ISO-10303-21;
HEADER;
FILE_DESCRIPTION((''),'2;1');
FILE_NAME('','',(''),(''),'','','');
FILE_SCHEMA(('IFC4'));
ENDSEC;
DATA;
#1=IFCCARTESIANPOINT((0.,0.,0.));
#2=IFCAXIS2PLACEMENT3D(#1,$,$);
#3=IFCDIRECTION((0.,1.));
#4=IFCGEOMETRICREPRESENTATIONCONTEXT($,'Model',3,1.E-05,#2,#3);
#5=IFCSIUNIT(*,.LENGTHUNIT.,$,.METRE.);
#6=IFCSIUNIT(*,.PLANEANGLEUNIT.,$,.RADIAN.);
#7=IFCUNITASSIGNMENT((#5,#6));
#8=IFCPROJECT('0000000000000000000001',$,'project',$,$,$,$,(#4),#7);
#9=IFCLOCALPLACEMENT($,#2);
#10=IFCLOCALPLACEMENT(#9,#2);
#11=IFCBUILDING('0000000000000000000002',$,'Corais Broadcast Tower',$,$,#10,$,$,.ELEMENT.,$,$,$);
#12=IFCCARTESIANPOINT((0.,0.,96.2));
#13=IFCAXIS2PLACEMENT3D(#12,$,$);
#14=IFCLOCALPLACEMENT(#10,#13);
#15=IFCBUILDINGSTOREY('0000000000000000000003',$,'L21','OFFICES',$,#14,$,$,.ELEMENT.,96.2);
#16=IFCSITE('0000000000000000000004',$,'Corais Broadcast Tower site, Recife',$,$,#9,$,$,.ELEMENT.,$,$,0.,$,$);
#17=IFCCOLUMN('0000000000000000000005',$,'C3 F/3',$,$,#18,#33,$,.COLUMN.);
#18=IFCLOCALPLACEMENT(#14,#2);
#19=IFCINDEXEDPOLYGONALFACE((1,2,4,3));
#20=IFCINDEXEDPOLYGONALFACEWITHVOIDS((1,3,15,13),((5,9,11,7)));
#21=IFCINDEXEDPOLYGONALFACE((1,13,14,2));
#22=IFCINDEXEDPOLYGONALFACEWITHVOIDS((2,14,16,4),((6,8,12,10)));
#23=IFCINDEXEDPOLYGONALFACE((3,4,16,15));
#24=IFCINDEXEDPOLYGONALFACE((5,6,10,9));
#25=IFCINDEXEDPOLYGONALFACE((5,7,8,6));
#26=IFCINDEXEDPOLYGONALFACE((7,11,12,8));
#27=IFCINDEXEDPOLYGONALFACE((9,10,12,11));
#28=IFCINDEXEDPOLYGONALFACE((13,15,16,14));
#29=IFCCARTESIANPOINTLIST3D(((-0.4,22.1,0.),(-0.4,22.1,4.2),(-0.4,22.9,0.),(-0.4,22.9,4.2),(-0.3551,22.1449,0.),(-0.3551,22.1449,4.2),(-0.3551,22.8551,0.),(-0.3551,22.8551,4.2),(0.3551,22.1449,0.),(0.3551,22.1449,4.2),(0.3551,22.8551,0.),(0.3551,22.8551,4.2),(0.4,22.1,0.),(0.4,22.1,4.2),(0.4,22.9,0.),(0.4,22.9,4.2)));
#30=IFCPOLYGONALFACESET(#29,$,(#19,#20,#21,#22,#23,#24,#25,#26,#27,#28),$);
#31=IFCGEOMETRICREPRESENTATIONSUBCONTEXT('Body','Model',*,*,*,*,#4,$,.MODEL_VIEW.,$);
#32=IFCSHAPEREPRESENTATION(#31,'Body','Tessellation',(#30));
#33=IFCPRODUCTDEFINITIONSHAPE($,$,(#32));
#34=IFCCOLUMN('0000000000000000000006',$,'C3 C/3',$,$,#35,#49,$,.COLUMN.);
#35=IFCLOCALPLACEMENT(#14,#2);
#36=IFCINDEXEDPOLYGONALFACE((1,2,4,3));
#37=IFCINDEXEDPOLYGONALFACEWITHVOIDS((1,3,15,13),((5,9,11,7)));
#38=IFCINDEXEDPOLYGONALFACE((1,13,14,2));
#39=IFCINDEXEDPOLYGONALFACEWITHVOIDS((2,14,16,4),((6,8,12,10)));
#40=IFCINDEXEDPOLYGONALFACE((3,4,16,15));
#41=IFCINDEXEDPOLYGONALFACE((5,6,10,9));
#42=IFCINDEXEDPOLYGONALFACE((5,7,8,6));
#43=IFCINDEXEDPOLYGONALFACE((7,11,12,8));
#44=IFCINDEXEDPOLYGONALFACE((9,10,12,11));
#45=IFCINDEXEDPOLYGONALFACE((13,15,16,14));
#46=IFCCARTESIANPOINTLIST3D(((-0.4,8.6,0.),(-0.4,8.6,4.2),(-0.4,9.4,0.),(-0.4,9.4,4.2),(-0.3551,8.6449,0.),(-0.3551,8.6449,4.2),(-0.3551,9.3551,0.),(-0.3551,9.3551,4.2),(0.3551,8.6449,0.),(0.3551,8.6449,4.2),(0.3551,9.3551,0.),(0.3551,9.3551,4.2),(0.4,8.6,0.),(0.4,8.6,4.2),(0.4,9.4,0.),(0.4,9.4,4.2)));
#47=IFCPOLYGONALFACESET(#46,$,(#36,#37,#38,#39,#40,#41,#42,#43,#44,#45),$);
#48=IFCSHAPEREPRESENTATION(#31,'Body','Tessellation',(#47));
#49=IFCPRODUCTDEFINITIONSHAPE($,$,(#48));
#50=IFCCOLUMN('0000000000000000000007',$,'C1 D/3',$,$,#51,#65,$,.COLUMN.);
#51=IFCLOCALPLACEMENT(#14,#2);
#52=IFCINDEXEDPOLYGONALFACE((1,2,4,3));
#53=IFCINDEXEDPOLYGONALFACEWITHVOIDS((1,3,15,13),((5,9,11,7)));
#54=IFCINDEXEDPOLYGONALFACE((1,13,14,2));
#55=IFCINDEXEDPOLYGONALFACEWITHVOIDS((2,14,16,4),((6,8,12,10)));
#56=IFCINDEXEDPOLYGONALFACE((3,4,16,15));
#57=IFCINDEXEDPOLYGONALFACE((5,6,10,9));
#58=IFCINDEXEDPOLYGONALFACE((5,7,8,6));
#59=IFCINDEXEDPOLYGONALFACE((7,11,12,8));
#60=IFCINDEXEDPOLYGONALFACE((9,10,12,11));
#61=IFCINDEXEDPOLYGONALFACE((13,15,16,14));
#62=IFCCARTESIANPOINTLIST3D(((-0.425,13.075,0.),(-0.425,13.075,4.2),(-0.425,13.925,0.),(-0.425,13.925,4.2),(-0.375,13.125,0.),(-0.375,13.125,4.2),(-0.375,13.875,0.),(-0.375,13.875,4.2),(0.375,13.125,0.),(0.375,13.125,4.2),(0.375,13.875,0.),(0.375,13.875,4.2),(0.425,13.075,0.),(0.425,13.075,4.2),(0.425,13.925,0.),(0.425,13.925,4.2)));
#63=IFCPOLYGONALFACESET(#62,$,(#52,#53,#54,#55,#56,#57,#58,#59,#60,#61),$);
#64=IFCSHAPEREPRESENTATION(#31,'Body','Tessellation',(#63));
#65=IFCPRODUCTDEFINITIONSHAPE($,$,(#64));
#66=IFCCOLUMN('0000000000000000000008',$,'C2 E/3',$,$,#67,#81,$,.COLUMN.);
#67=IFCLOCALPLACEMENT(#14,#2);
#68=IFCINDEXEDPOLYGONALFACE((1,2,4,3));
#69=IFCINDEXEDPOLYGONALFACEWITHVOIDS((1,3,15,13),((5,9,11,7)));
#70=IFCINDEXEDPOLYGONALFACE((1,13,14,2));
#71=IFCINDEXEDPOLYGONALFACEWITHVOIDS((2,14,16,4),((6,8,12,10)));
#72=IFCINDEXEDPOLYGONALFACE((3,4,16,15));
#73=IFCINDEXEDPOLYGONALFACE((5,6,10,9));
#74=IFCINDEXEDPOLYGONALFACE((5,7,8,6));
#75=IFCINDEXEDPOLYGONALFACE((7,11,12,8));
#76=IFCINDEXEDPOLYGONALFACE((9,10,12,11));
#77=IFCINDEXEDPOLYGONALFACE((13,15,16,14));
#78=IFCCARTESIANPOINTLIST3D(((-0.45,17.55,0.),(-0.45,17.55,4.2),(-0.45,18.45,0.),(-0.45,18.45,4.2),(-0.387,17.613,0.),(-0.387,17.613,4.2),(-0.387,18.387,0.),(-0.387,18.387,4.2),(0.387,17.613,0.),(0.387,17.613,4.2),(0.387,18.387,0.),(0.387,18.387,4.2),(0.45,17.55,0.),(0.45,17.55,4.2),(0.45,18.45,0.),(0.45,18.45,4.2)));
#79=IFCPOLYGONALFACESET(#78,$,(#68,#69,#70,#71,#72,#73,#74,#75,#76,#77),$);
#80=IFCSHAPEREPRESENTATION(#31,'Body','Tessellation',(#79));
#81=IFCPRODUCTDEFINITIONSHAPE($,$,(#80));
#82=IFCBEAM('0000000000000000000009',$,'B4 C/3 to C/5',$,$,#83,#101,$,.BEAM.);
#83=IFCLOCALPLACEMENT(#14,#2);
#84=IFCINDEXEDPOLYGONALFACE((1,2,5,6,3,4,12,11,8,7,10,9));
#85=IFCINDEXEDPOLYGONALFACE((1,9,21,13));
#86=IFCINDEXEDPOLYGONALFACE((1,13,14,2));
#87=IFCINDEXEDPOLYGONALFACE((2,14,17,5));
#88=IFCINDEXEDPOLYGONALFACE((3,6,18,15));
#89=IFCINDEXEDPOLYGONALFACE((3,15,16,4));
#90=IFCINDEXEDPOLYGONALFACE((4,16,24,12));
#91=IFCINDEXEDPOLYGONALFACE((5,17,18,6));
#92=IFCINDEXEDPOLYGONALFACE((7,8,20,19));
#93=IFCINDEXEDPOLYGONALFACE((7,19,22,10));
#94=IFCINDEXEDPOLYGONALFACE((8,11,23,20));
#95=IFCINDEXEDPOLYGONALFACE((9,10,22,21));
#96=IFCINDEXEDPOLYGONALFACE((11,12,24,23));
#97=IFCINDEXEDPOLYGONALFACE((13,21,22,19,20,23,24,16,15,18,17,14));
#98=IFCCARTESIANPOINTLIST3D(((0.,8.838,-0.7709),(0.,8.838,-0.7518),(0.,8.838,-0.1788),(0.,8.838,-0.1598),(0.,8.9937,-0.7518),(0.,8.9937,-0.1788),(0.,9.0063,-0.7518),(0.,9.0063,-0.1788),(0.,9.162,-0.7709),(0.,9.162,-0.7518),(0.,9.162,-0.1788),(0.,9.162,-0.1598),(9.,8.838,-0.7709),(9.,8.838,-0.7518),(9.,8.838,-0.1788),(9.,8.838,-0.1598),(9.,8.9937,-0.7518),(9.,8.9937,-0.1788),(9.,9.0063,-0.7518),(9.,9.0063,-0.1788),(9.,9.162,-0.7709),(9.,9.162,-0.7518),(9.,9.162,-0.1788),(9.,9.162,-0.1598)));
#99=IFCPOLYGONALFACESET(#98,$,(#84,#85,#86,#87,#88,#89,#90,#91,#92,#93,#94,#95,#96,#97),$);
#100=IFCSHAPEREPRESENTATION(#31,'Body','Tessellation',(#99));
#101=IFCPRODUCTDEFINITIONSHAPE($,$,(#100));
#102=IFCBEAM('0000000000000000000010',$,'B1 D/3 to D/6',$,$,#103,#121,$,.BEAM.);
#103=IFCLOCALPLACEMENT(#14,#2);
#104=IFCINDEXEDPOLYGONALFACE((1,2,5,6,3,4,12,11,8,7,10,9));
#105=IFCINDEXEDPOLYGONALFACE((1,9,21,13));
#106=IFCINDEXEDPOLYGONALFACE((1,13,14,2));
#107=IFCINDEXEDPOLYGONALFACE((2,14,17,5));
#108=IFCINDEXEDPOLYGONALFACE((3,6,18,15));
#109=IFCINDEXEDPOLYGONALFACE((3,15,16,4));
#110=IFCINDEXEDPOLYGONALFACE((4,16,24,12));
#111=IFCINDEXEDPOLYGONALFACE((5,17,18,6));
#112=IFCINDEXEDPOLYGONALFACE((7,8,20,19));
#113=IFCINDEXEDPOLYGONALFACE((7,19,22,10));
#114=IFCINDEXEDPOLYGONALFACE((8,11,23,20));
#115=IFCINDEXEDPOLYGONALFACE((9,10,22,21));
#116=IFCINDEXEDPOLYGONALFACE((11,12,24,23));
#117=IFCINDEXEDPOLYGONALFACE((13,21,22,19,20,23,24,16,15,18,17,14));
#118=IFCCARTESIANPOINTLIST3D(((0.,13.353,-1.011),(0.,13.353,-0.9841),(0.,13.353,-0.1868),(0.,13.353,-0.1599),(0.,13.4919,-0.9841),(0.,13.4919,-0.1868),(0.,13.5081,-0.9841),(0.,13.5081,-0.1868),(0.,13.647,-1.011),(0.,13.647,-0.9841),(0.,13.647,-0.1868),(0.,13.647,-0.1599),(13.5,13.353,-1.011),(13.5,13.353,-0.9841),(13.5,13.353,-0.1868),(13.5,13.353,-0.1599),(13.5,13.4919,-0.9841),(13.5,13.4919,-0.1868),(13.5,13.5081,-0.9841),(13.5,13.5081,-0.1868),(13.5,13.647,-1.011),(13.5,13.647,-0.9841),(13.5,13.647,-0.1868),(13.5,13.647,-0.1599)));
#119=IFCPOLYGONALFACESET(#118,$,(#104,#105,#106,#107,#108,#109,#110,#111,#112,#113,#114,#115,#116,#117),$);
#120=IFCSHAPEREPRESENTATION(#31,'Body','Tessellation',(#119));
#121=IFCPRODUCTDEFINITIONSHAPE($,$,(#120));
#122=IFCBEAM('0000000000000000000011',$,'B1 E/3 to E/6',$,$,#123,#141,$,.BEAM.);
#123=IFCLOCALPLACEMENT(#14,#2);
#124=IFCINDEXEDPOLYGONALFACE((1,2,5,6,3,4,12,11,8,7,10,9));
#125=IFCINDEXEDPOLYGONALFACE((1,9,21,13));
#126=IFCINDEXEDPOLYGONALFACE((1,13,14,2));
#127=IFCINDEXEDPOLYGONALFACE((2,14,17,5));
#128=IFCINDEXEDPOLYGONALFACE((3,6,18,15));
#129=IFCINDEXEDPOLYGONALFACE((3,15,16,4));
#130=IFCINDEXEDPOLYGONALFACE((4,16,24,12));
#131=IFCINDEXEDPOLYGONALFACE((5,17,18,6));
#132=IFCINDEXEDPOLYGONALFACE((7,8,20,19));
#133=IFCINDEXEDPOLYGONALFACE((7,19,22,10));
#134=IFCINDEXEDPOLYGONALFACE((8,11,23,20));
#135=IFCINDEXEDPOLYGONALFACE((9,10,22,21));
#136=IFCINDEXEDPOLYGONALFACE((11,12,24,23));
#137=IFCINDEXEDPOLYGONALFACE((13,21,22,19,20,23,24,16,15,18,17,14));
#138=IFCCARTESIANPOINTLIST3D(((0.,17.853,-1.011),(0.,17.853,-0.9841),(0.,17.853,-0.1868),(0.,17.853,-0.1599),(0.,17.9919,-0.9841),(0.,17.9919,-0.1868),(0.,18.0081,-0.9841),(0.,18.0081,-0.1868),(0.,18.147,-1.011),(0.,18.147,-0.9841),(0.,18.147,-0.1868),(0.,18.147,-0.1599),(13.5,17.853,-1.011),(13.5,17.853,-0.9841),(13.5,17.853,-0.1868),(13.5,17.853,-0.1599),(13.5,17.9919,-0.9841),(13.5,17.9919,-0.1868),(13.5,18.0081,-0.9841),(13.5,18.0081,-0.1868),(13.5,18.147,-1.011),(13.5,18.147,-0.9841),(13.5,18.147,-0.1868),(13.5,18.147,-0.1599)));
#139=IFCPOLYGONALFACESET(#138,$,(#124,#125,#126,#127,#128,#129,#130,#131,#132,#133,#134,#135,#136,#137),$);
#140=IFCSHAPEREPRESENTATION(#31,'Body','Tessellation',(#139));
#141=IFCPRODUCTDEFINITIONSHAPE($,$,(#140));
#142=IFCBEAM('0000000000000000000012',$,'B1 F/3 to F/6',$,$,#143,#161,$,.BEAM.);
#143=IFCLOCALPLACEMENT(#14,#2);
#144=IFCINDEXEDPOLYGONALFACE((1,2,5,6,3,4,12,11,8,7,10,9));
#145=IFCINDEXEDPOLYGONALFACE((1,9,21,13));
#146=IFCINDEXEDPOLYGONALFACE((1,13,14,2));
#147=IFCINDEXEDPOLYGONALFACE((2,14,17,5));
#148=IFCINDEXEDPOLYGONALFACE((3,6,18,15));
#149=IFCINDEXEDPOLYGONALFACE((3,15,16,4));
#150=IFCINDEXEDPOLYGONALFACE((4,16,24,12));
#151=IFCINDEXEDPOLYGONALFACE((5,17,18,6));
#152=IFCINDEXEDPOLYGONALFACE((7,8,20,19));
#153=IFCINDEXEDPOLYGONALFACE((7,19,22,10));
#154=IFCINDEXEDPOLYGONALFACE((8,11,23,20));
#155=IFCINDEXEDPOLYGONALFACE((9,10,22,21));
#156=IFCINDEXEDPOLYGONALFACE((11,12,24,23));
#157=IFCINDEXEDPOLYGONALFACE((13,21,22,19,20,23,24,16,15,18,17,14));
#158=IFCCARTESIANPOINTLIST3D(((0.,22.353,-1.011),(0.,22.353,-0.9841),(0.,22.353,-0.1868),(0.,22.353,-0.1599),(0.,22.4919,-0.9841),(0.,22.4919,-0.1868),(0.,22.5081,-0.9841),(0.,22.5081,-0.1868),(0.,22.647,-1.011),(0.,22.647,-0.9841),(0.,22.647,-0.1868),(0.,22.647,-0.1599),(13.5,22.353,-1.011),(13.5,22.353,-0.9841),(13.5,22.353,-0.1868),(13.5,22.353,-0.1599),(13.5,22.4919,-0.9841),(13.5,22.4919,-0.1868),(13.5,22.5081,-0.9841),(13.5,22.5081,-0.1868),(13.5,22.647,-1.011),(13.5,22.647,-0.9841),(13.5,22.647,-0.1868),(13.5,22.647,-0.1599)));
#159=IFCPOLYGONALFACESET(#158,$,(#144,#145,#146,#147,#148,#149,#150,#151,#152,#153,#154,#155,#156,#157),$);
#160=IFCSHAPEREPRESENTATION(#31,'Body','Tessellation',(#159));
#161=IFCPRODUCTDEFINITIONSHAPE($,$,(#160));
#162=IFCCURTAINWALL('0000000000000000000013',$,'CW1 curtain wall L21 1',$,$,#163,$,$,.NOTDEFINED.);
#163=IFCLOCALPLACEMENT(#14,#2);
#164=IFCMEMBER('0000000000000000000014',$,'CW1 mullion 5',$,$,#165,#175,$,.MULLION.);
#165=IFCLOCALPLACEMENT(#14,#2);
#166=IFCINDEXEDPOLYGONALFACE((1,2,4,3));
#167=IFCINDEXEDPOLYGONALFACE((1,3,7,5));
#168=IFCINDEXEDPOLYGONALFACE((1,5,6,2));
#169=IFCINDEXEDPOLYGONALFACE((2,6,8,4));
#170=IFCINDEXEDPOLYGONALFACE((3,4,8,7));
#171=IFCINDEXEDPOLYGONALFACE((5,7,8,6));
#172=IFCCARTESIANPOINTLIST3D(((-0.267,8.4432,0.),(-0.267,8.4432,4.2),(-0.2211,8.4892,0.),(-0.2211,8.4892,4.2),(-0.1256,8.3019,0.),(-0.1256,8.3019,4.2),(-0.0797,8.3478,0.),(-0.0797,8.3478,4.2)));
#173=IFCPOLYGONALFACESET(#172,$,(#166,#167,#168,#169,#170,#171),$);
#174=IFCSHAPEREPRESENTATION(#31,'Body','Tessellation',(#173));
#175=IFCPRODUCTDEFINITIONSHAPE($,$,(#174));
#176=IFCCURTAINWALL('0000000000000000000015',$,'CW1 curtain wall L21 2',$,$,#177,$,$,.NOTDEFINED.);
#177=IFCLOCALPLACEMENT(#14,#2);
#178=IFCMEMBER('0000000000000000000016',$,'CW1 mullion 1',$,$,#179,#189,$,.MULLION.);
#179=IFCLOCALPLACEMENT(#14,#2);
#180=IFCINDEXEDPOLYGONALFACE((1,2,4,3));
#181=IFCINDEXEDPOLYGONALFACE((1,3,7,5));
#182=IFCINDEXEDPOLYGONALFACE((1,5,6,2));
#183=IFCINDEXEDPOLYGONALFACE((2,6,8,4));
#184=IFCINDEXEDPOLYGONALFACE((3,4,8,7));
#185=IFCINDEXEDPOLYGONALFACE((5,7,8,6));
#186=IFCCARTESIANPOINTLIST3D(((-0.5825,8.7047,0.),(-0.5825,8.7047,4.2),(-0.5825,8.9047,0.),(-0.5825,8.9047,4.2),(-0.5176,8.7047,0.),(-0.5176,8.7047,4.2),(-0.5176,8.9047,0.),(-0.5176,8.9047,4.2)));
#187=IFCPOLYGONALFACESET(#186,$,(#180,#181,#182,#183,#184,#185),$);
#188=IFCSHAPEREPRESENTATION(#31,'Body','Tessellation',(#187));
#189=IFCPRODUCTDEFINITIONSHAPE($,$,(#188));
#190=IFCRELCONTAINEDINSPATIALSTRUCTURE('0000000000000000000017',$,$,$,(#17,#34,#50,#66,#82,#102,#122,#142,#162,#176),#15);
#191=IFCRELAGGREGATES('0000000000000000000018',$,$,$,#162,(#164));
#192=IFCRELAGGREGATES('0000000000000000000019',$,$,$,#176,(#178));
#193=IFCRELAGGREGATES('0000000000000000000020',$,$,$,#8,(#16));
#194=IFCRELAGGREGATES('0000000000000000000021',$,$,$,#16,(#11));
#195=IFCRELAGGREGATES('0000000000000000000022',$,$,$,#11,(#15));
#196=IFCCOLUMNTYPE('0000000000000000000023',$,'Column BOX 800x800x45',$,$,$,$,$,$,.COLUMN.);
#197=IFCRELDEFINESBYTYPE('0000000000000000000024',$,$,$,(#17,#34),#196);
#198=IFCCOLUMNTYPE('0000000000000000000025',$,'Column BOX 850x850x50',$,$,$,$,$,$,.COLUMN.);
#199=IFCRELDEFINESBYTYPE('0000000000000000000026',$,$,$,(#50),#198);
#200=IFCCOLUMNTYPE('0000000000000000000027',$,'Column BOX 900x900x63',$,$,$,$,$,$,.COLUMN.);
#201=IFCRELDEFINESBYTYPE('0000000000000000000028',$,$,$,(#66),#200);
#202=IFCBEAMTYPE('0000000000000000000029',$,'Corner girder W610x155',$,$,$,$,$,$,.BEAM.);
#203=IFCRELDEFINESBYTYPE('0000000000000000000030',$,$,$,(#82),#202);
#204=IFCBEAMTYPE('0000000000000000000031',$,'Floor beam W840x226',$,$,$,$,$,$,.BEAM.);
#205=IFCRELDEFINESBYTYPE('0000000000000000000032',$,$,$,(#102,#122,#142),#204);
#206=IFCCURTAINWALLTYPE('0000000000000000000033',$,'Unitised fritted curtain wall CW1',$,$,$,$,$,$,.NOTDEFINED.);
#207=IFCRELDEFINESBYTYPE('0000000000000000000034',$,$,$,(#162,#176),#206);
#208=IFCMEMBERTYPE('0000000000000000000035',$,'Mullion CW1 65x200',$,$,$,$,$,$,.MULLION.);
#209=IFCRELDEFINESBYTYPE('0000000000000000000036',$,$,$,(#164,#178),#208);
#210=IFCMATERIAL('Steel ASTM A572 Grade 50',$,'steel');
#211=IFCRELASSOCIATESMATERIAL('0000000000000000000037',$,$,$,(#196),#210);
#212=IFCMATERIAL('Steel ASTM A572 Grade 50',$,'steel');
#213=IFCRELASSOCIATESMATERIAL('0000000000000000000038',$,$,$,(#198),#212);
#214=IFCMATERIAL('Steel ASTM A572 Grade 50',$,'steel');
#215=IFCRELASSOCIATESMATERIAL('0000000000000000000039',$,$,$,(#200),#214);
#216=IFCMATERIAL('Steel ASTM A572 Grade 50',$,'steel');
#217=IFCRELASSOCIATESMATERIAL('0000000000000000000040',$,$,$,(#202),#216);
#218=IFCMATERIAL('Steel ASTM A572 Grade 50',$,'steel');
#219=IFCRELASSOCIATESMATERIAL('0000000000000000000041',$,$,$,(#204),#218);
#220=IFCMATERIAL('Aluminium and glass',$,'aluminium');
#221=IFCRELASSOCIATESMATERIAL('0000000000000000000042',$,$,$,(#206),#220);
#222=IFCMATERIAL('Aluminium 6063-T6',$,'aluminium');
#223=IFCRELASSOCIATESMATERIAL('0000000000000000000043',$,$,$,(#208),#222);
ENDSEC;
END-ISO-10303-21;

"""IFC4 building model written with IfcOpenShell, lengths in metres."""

from ifc_helpers import new_model, si_unit, direction, frame, origin, origin_2d, place, context, subcontext, project, spatial, rectangle, hollow_rectangle, i_section, extrude, material, material_profile, profile_set, type_object, element, aggregate, save


model = new_model("IFC4")

# Units and contexts
model_context = context("Model", 3, precision=1e-05, world=origin(), true_north=direction((0.0, 1.0)))
body_context = subcontext(model_context, "Body", "Model", "MODEL_VIEW")
ifc_project = project(units=[si_unit("LENGTHUNIT", "METRE"), si_unit("PLANEANGLEUNIT", "RADIAN")], contexts=[model_context])

# Site, building, storey
site_placement = place(None, origin())
site = spatial("IfcSite", under=ifc_project, at=site_placement, Name="Corais Broadcast Tower site, Recife", CompositionType="ELEMENT", RefElevation=0.0)
building_placement = place(site_placement, origin())
building = spatial("IfcBuilding", under=site, at=building_placement, Name="Corais Broadcast Tower", CompositionType="ELEMENT")
storey_placement = place(building_placement, frame((0.0, 0.0, 96.2)))
storey = spatial("IfcBuildingStorey", under=building, at=storey_placement, Name="L21", Description="OFFICES", CompositionType="ELEMENT", Elevation=96.2)

# Columns
ifc_material_1 = material(Name="Steel ASTM A572 Grade 50", Category="steel")
ifc_material_profile_1 = material_profile(ifc_material_1, hollow_rectangle(XDim=0.8, YDim=0.8, WallThickness=0.0449, at=origin_2d()), Name="BOX 800x800x45")
ifc_profile_set_1 = profile_set([ifc_material_profile_1], Name="Steel ASTM A572 Grade 50")
column_type_1 = type_object("IfcColumnType", Name="Column BOX 800x800x45", PredefinedType="COLUMN", material=ifc_profile_set_1)
for number, where, z_axis, x_axis, name in (
    (1, (0.0, 22.5, 0.0), (0.0, 0.0, 1.0), (1.0, 0.0, 0.0), "C3 F/3"),
    (2, (0.0, 9.0, 0.0), (0.0, 0.0, 1.0), (1.0, 0.0, 0.0), "C3 C/3"),
):
    element("IfcColumn", number, at=place(storey_placement, frame(where, z_axis=z_axis, x_axis=x_axis)), inside=storey, type_object=column_type_1, Name=name, PredefinedType="COLUMN", context=body_context, shape_type="SweptSolid", body=[
        extrude(hollow_rectangle(XDim=0.8, YDim=0.8, WallThickness=0.0449, at=origin_2d()), origin(), (0.0, 0.0, 1.0), 4.2),
    ])
ifc_material_2 = material(Name="Steel ASTM A572 Grade 50", Category="steel")
ifc_material_profile_2 = material_profile(ifc_material_2, hollow_rectangle(XDim=0.8501, YDim=0.8501, WallThickness=0.05, at=origin_2d()), Name="BOX 850x850x50")
ifc_profile_set_2 = profile_set([ifc_material_profile_2], Name="Steel ASTM A572 Grade 50")
column_type_2 = type_object("IfcColumnType", Name="Column BOX 850x850x50", PredefinedType="COLUMN", material=ifc_profile_set_2)
column_1_placement = place(storey_placement, frame((0.0, 13.5, 0.0), z_axis=(0.0, 0.0, 1.0), x_axis=(1.0, 0.0, 0.0)))
element("IfcColumn", 3, at=column_1_placement, inside=storey, type_object=column_type_2, Name="C1 D/3", PredefinedType="COLUMN", context=body_context, shape_type="SweptSolid", body=[
    extrude(hollow_rectangle(XDim=0.8501, YDim=0.8501, WallThickness=0.05, at=origin_2d()), origin(), (0.0, 0.0, 1.0), 4.2),
])
ifc_material_3 = material(Name="Steel ASTM A572 Grade 50", Category="steel")
ifc_material_profile_3 = material_profile(ifc_material_3, hollow_rectangle(XDim=0.8999, YDim=0.8999, WallThickness=0.063, at=origin_2d()), Name="BOX 900x900x63")
ifc_profile_set_3 = profile_set([ifc_material_profile_3], Name="Steel ASTM A572 Grade 50")
column_type_3 = type_object("IfcColumnType", Name="Column BOX 900x900x63", PredefinedType="COLUMN", material=ifc_profile_set_3)
column_2_placement = place(storey_placement, frame((0.0, 18.0, 0.0), z_axis=(0.0, 0.0, 1.0), x_axis=(1.0, 0.0, 0.0)))
element("IfcColumn", 4, at=column_2_placement, inside=storey, type_object=column_type_3, Name="C2 E/3", PredefinedType="COLUMN", context=body_context, shape_type="SweptSolid", body=[
    extrude(hollow_rectangle(XDim=0.8999, YDim=0.8999, WallThickness=0.063, at=origin_2d()), origin(), (0.0, 0.0, 1.0), 4.2),
])

# Beams
ifc_material_4 = material(Name="Steel ASTM A572 Grade 50", Category="steel")
ifc_material_profile_4 = material_profile(ifc_material_4, i_section(OverallWidth=0.324, OverallDepth=0.6111, WebThickness=0.0127, FlangeThickness=0.019, at=origin_2d()), Name="W610x155")
ifc_profile_set_4 = profile_set([ifc_material_profile_4], Name="Steel ASTM A572 Grade 50")
beam_type_1 = type_object("IfcBeamType", Name="Corner girder W610x155", PredefinedType="BEAM", material=ifc_profile_set_4)
beam_1_placement = place(storey_placement, frame((0.0, 9.0, -0.4653), z_axis=(1.0, 0.0, 0.0), x_axis=(0.0, 1.0, 0.0)))
element("IfcBeam", 5, at=beam_1_placement, inside=storey, type_object=beam_type_1, Name="B4 C/3 to C/5", PredefinedType="BEAM", context=body_context, shape_type="SweptSolid", body=[
    extrude(i_section(OverallWidth=0.324, OverallDepth=0.6111, WebThickness=0.0127, FlangeThickness=0.019, at=origin_2d()), origin(), (0.0, 0.0, 1.0), 9.0),
])
ifc_material_5 = material(Name="Steel ASTM A572 Grade 50", Category="steel")
ifc_material_profile_5 = material_profile(ifc_material_5, i_section(OverallWidth=0.2939, OverallDepth=0.8511, WebThickness=0.0161, FlangeThickness=0.0269, at=origin_2d()), Name="W840x226")
ifc_profile_set_5 = profile_set([ifc_material_profile_5], Name="Steel ASTM A572 Grade 50")
beam_type_2 = type_object("IfcBeamType", Name="Floor beam W840x226", PredefinedType="BEAM", material=ifc_profile_set_5)
for number, where, z_axis, x_axis, name in (
    (6, (0.0, 13.5, -0.5854), (1.0, 0.0, 0.0), (0.0, 1.0, 0.0), "B1 D/3 to D/6"),
    (7, (0.0, 18.0, -0.5854), (1.0, 0.0, 0.0), (0.0, 1.0, 0.0), "B1 E/3 to E/6"),
    (8, (0.0, 22.5, -0.5854), (1.0, 0.0, 0.0), (0.0, 1.0, 0.0), "B1 F/3 to F/6"),
):
    element("IfcBeam", number, at=place(storey_placement, frame(where, z_axis=z_axis, x_axis=x_axis)), inside=storey, type_object=beam_type_2, Name=name, PredefinedType="BEAM", context=body_context, shape_type="SweptSolid", body=[
        extrude(i_section(OverallWidth=0.2939, OverallDepth=0.8511, WebThickness=0.0161, FlangeThickness=0.0269, at=origin_2d()), origin(), (0.0, 0.0, 1.0), 13.5),
    ])

# Curtain wall, member
ifc_material_6 = material(Name="Aluminium and glass", Category="aluminium")
curtain_wall_type = type_object("IfcCurtainWallType", Name="Unitised fritted curtain wall CW1", PredefinedType="NOTDEFINED", material=ifc_material_6)
curtain_wall_1_placement = place(storey_placement, origin())
curtain_wall_1 = element("IfcCurtainWall", 9, at=curtain_wall_1_placement, inside=storey, type_object=curtain_wall_type, Name="CW1 curtain wall L21 1", PredefinedType="NOTDEFINED")
ifc_material_7 = material(Name="Aluminium 6063-T6", Category="aluminium")
ifc_material_profile_6 = material_profile(ifc_material_7, rectangle(XDim=0.0649, YDim=0.2, at=origin_2d()), Name="Mullion CW1 65x200")
ifc_profile_set_6 = profile_set([ifc_material_profile_6], Name="Aluminium 6063-T6")
member_type_1 = type_object("IfcMemberType", Name="Mullion CW1 65x200", PredefinedType="MULLION", material=ifc_profile_set_6)
member_1_placement = place(storey_placement, frame((-0.1733, 8.3955, 0.0), z_axis=(0.0, 0.0, 1.0), x_axis=(-0.707107, -0.707107, 0.0)))
member_1 = element("IfcMember", 10, at=member_1_placement, type_object=member_type_1, Name="CW1 mullion 5", PredefinedType="MULLION", context=body_context, shape_type="SweptSolid", body=[
    extrude(rectangle(XDim=0.0649, YDim=0.2, at=origin_2d()), origin(), (0.0, 0.0, 1.0), 4.2),
])
aggregate(curtain_wall_1, [member_1])

# Curtain wall, member
curtain_wall_2_placement = place(storey_placement, origin())
curtain_wall_2 = element("IfcCurtainWall", 11, at=curtain_wall_2_placement, inside=storey, type_object=curtain_wall_type, Name="CW1 curtain wall L21 2", PredefinedType="NOTDEFINED")
member_2_placement = place(storey_placement, frame((-0.55, 8.8047, 0.0), z_axis=(0.0, 0.0, 1.0), x_axis=(-1.0, 0.0, 0.0)))
member_2 = element("IfcMember", 12, at=member_2_placement, type_object=member_type_1, Name="CW1 mullion 1", PredefinedType="MULLION", context=body_context, shape_type="SweptSolid", body=[
    extrude(rectangle(XDim=0.0649, YDim=0.2, at=origin_2d()), origin(), (0.0, 0.0, 1.0), 4.2),
])

aggregate(curtain_wall_2, [member_2])

save(model, "model.ifc")
